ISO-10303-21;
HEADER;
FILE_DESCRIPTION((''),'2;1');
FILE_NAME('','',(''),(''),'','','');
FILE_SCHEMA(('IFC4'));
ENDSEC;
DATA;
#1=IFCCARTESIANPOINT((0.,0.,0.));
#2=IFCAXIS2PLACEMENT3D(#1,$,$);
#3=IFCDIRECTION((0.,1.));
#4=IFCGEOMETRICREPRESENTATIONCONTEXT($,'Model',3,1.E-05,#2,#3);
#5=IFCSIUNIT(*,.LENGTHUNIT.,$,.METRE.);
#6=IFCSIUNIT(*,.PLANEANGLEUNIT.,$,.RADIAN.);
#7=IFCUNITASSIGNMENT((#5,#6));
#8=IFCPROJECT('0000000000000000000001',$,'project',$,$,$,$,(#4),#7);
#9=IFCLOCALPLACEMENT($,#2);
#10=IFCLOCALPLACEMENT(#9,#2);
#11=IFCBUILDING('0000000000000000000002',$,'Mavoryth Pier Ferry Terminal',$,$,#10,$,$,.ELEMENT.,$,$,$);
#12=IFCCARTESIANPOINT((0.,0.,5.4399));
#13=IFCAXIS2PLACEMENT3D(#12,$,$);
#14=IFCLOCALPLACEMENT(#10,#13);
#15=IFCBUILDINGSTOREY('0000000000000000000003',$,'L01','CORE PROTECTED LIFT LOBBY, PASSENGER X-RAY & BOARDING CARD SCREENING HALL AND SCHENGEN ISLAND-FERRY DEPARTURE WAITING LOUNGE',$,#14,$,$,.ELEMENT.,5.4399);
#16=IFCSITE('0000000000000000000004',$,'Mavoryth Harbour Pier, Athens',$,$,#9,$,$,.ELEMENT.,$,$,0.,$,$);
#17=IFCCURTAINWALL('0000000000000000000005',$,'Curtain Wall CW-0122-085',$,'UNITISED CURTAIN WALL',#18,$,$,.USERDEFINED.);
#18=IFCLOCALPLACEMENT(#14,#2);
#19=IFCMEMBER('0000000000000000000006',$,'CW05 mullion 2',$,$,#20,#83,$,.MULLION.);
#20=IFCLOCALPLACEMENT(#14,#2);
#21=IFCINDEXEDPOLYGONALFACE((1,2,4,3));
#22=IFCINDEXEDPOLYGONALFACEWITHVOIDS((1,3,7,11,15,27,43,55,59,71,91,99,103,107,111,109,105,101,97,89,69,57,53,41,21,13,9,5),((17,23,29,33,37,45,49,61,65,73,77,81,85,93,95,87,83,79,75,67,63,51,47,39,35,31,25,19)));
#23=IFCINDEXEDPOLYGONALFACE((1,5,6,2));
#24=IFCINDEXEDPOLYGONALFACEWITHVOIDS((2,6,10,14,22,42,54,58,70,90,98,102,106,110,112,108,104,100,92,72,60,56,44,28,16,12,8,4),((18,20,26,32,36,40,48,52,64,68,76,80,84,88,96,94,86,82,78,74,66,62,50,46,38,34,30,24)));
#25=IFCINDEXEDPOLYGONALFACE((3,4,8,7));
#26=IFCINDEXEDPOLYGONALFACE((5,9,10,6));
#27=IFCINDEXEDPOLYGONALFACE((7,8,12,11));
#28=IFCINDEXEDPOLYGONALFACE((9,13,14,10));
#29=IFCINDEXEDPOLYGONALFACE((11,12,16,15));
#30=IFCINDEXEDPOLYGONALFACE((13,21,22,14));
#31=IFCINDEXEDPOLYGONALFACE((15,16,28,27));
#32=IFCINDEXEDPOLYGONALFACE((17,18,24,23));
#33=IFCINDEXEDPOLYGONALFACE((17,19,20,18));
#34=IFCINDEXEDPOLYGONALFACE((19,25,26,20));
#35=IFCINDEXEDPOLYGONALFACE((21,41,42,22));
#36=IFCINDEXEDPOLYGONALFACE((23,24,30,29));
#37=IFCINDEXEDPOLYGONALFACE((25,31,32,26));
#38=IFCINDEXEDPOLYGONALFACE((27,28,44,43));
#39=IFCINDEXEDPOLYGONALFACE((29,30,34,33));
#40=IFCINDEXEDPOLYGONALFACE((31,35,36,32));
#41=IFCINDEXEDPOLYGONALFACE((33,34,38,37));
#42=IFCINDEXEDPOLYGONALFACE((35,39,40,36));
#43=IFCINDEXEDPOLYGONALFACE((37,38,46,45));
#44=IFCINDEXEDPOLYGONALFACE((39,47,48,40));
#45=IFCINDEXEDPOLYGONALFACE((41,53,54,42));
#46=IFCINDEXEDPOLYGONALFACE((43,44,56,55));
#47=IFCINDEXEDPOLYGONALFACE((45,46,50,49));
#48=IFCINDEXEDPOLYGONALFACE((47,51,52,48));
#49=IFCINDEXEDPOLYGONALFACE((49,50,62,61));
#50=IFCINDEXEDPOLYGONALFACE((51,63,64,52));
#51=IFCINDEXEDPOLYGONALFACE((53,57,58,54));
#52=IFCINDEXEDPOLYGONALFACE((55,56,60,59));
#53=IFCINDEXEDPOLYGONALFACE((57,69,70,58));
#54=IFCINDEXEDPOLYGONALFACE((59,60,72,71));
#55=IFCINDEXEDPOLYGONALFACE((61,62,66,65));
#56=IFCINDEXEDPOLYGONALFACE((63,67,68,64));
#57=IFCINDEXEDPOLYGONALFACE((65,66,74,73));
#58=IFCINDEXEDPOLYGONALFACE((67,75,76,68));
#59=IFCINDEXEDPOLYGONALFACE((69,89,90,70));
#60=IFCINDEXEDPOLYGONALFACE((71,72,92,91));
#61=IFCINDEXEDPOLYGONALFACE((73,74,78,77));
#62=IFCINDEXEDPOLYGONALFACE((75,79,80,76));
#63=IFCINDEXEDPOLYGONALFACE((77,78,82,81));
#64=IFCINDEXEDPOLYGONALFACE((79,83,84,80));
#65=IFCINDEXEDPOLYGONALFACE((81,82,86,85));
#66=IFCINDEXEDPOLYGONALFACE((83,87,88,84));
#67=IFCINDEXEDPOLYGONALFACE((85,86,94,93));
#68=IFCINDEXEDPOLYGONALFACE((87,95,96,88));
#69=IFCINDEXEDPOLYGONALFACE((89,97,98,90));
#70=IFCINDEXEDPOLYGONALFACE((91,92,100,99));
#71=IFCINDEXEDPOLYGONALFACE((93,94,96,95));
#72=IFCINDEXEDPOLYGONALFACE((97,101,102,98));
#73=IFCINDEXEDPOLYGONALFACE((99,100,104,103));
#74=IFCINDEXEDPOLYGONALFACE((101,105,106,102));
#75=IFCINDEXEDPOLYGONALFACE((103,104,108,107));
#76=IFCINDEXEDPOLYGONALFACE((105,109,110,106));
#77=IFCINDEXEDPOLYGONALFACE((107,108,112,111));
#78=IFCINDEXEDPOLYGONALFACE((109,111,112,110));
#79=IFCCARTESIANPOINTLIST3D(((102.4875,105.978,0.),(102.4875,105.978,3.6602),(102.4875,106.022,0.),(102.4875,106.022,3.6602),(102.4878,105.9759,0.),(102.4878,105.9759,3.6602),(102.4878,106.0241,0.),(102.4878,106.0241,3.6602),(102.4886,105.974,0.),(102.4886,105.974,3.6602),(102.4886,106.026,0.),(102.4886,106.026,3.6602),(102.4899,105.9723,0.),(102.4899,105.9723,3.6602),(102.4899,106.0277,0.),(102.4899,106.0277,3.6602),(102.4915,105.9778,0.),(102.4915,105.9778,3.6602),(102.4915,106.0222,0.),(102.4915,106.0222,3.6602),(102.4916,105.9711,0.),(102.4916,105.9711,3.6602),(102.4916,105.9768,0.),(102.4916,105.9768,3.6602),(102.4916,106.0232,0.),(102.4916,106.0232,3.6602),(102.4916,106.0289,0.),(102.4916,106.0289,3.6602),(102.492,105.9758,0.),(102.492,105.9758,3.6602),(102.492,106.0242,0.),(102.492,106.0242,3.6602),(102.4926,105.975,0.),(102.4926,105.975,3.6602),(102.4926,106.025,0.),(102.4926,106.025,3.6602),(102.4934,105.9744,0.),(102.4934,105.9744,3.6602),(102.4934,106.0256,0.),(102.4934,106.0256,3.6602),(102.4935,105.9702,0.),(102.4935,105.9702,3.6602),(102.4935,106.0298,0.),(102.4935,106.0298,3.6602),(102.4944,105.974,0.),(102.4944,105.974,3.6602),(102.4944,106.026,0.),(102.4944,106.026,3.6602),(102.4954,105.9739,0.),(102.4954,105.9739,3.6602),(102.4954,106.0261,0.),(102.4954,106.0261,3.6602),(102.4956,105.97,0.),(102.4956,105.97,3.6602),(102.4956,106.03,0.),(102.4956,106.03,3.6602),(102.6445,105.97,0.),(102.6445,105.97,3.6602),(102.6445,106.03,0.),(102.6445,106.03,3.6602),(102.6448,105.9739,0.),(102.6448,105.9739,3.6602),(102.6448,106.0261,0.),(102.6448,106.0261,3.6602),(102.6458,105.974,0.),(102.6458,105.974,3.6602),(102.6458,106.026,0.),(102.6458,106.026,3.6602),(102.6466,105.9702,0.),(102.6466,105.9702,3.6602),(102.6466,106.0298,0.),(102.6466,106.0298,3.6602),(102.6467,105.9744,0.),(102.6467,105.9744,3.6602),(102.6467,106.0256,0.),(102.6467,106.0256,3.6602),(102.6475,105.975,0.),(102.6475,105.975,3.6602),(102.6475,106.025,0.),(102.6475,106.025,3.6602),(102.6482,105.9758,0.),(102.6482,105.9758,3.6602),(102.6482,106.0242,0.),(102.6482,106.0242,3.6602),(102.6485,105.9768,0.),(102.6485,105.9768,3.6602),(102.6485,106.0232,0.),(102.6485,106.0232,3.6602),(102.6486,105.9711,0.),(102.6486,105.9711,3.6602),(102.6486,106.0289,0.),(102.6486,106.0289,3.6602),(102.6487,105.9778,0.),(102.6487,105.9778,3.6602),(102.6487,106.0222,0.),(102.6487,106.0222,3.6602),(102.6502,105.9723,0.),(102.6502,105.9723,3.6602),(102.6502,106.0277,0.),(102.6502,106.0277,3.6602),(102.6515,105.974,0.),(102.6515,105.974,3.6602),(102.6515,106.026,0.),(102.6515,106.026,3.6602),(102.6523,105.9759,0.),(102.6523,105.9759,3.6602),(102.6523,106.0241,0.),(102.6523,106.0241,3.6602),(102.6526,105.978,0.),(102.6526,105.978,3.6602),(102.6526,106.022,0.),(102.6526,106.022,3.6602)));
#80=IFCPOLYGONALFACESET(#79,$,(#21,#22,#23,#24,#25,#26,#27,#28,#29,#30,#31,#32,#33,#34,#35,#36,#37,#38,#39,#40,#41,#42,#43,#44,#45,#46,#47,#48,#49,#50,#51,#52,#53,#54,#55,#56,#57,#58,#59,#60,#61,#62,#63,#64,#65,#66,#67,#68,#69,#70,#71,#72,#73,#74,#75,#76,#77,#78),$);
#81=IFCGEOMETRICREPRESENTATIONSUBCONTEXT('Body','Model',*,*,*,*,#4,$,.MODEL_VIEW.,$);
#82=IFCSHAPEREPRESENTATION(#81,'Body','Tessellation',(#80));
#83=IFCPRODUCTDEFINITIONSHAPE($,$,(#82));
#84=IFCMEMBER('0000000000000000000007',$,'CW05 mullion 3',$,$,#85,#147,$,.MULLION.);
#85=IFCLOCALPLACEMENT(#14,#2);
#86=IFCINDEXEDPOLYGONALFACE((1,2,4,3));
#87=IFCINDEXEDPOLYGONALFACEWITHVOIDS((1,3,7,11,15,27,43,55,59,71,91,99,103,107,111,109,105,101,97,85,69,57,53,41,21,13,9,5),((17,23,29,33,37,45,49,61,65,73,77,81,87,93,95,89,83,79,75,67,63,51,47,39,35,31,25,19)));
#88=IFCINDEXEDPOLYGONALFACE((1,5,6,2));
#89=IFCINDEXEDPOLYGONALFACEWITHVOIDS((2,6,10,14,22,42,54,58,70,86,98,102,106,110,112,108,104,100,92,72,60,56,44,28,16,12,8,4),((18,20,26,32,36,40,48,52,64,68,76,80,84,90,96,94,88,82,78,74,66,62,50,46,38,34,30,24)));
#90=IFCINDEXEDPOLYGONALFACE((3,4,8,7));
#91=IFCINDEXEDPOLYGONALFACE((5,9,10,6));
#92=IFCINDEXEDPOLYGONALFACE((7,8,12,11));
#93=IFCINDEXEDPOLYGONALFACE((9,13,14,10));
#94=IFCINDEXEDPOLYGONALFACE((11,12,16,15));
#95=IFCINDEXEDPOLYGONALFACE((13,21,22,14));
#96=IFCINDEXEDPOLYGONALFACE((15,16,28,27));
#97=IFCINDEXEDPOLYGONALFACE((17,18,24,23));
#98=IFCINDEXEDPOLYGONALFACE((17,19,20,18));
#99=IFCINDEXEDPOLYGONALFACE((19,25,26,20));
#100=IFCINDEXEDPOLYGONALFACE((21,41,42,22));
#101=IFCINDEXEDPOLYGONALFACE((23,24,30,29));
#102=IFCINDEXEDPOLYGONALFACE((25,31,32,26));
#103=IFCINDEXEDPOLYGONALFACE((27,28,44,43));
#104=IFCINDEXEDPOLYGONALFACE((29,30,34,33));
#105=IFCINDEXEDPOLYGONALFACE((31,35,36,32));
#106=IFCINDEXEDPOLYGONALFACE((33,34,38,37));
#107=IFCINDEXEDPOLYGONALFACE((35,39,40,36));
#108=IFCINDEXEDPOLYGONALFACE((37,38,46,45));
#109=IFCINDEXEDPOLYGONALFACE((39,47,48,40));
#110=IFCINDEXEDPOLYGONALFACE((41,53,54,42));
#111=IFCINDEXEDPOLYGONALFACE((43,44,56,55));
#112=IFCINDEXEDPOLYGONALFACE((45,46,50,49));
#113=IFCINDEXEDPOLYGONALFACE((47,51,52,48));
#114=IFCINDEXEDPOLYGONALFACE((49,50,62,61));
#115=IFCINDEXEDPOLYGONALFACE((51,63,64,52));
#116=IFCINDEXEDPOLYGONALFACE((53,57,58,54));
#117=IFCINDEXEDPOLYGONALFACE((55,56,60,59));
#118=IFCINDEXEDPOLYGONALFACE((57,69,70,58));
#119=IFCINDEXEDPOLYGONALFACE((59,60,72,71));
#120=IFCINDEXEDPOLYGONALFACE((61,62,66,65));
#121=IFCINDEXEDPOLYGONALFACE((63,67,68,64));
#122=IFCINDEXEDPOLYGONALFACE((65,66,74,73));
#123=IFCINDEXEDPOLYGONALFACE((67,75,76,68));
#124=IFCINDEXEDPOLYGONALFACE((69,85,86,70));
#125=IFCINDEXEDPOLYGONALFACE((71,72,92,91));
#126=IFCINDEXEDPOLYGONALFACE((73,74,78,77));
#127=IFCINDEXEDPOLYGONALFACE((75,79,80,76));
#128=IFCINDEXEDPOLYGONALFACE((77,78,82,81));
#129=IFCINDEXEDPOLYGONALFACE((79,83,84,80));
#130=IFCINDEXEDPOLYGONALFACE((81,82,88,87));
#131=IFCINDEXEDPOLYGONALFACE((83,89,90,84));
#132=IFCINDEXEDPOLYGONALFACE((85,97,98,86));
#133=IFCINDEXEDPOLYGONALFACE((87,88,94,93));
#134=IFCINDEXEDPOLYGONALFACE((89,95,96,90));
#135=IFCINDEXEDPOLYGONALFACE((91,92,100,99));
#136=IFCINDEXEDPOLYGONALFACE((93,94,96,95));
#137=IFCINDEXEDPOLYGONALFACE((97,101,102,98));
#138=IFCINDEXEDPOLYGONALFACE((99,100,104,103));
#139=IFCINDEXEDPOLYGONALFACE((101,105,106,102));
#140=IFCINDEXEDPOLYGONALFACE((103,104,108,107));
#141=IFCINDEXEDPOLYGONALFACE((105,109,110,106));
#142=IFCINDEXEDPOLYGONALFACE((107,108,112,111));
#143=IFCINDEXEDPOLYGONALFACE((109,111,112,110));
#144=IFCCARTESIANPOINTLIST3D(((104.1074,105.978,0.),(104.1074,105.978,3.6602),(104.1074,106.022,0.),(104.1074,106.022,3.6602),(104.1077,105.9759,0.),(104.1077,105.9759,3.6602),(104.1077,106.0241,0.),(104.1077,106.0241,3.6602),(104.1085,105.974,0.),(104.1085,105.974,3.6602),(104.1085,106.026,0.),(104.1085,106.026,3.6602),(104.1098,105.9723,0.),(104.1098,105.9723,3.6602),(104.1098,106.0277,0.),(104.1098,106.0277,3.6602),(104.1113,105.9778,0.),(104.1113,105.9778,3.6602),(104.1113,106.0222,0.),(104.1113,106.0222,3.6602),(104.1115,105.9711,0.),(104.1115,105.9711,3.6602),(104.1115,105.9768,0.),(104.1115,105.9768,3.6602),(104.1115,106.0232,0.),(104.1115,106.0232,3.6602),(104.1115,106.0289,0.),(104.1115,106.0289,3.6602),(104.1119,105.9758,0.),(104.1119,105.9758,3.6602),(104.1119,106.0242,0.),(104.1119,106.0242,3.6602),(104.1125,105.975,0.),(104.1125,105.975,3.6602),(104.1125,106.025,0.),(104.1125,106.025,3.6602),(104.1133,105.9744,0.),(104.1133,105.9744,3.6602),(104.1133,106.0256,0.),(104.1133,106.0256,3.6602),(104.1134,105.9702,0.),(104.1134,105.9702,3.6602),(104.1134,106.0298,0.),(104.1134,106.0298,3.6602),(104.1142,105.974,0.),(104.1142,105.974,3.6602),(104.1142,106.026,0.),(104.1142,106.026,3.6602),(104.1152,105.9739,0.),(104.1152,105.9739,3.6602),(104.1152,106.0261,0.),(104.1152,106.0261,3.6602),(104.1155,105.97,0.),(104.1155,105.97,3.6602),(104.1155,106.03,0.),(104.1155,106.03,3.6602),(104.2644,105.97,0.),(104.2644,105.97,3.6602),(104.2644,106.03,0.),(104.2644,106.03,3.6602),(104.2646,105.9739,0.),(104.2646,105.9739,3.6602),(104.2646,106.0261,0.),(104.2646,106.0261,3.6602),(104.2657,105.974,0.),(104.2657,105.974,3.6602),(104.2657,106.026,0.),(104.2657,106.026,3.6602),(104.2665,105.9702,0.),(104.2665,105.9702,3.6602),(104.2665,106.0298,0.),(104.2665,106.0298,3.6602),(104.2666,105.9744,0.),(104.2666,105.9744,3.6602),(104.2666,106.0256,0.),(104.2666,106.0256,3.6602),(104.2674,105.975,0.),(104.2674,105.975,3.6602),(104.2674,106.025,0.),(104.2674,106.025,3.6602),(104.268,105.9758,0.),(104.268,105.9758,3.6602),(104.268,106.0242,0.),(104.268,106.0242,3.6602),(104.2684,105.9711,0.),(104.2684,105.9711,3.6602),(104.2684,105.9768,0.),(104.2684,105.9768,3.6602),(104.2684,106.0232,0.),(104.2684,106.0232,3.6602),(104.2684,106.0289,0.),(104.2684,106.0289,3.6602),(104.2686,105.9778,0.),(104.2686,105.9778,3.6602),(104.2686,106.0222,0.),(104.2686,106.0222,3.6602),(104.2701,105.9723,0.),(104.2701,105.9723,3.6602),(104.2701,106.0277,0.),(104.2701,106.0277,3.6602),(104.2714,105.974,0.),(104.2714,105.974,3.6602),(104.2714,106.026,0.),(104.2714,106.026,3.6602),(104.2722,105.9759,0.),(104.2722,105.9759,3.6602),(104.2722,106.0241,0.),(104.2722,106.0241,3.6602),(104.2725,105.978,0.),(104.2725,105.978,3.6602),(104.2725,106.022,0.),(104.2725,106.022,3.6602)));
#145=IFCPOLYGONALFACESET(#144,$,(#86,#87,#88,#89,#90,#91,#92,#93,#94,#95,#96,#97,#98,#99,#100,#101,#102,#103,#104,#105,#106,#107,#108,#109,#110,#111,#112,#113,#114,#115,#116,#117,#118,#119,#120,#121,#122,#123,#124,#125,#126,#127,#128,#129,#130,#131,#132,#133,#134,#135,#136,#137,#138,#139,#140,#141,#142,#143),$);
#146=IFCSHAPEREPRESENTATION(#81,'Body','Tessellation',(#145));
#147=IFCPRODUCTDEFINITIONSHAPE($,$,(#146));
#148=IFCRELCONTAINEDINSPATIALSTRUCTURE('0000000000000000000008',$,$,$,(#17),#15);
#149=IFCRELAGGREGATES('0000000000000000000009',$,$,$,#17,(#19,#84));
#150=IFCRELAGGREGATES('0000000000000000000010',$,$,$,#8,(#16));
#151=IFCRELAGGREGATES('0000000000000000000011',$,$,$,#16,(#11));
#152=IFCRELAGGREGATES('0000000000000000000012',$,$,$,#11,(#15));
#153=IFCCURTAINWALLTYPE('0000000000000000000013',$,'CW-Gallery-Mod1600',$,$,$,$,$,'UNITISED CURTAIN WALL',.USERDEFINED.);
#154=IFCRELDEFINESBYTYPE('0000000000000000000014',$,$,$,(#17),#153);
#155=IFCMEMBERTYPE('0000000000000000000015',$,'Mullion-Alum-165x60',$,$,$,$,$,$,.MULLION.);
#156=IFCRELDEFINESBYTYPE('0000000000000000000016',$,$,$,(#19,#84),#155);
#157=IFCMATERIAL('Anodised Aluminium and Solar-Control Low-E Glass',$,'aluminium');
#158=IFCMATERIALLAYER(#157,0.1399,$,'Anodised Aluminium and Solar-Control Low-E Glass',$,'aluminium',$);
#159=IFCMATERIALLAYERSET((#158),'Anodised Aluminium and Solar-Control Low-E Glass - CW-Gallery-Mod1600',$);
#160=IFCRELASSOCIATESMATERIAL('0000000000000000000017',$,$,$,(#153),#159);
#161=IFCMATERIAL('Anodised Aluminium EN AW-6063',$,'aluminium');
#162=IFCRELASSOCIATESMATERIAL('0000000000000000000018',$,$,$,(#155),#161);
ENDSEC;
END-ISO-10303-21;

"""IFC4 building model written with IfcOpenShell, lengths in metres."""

from ifc_helpers import new_model, si_unit, direction, frame, origin, origin_2d, place, context, subcontext, project, spatial, hollow_rectangle, extrude, material, layer, layer_set, material_profile, profile_set, type_object, element, aggregate, save


model = new_model("IFC4")

# Units and contexts
model_context = context("Model", 3, precision=1e-05, world=origin(), true_north=direction((0.0, 1.0)))
body_context = subcontext(model_context, "Body", "Model", "MODEL_VIEW")
ifc_project = project(units=[si_unit("LENGTHUNIT", "METRE"), si_unit("PLANEANGLEUNIT", "RADIAN")], contexts=[model_context])

# Site, building, storey
site_placement = place(None, origin())
site = spatial("IfcSite", under=ifc_project, at=site_placement, Name="Mavoryth Harbour Pier, Athens", CompositionType="ELEMENT", RefElevation=0.0)
building_placement = place(site_placement, origin())
building = spatial("IfcBuilding", under=site, at=building_placement, Name="Mavoryth Pier Ferry Terminal", CompositionType="ELEMENT")
storey_placement = place(building_placement, frame((0.0, 0.0, 5.4399)))
storey = spatial("IfcBuildingStorey", under=building, at=storey_placement, Name="L01", Description="CORE PROTECTED LIFT LOBBY, PASSENGER X-RAY & BOARDING CARD SCREENING HALL AND SCHENGEN ISLAND-FERRY DEPARTURE WAITING LOUNGE", CompositionType="ELEMENT", Elevation=5.4399)

# Shared definitions
ifc_material_1 = material(Name="Anodised Aluminium and Solar-Control Low-E Glass", Category="aluminium")
ifc_layer_1 = layer(ifc_material_1, 0.1399, Name="Anodised Aluminium and Solar-Control Low-E Glass", Category="aluminium")
ifc_layer_set_1 = layer_set([ifc_layer_1], Name="Anodised Aluminium and Solar-Control Low-E Glass - CW-Gallery-Mod1600")
curtain_wall_type = type_object("IfcCurtainWallType", Name="CW-Gallery-Mod1600", ElementType="UNITISED CURTAIN WALL", PredefinedType="USERDEFINED", material=ifc_layer_set_1)
ifc_material_2 = material(Name="Anodised Aluminium EN AW-6063", Category="aluminium")
ifc_material_profile_1 = material_profile(ifc_material_2, hollow_rectangle(XDim=0.0601, YDim=0.165, WallThickness=0.0039, InnerFilletRadius=0.0039, OuterFilletRadius=0.0081, at=origin_2d()), Name="AL-MULL 165x60x4", Category="aluminium")
ifc_profile_set_1 = profile_set([ifc_material_profile_1], Name="Anodised Aluminium EN AW-6063 - AL-MULL 165x60x4")
member_type_1 = type_object("IfcMemberType", Name="Mullion-Alum-165x60", PredefinedType="MULLION", material=ifc_profile_set_1)

# Curtain wall, members
curtain_wall_1_placement = place(storey_placement, origin())
curtain_wall_1 = element("IfcCurtainWall", 1, at=curtain_wall_1_placement, inside=storey, type_object=curtain_wall_type, Name="Curtain Wall CW-0122-085", ObjectType="UNITISED CURTAIN WALL", PredefinedType="USERDEFINED")
member_1_placement = place(storey_placement, frame((102.5701, 106.0, 0.0), z_axis=(0.0, 0.0, 1.0), x_axis=(0.0, 1.0, 0.0)))
member_1 = element("IfcMember", 2, at=member_1_placement, type_object=member_type_1, Name="CW05 mullion 2", PredefinedType="MULLION", context=body_context, shape_type="SweptSolid", body=[
    extrude(hollow_rectangle(XDim=0.0601, YDim=0.165, WallThickness=0.0039, InnerFilletRadius=0.0039, OuterFilletRadius=0.0081, at=origin_2d()), origin(), (0.0, 0.0, 1.0), 3.6602),
])
member_2_placement = place(storey_placement, frame((104.1899, 106.0, 0.0), z_axis=(0.0, 0.0, 1.0), x_axis=(0.0, 1.0, 0.0)))
member_2 = element("IfcMember", 3, at=member_2_placement, type_object=member_type_1, Name="CW05 mullion 3", PredefinedType="MULLION", context=body_context, shape_type="SweptSolid", body=[
    extrude(hollow_rectangle(XDim=0.0601, YDim=0.165, WallThickness=0.0039, InnerFilletRadius=0.0039, OuterFilletRadius=0.0081, at=origin_2d()), origin(), (0.0, 0.0, 1.0), 3.6602),
])

aggregate(curtain_wall_1, [member_1, member_2])

save(model, "model.ifc")
